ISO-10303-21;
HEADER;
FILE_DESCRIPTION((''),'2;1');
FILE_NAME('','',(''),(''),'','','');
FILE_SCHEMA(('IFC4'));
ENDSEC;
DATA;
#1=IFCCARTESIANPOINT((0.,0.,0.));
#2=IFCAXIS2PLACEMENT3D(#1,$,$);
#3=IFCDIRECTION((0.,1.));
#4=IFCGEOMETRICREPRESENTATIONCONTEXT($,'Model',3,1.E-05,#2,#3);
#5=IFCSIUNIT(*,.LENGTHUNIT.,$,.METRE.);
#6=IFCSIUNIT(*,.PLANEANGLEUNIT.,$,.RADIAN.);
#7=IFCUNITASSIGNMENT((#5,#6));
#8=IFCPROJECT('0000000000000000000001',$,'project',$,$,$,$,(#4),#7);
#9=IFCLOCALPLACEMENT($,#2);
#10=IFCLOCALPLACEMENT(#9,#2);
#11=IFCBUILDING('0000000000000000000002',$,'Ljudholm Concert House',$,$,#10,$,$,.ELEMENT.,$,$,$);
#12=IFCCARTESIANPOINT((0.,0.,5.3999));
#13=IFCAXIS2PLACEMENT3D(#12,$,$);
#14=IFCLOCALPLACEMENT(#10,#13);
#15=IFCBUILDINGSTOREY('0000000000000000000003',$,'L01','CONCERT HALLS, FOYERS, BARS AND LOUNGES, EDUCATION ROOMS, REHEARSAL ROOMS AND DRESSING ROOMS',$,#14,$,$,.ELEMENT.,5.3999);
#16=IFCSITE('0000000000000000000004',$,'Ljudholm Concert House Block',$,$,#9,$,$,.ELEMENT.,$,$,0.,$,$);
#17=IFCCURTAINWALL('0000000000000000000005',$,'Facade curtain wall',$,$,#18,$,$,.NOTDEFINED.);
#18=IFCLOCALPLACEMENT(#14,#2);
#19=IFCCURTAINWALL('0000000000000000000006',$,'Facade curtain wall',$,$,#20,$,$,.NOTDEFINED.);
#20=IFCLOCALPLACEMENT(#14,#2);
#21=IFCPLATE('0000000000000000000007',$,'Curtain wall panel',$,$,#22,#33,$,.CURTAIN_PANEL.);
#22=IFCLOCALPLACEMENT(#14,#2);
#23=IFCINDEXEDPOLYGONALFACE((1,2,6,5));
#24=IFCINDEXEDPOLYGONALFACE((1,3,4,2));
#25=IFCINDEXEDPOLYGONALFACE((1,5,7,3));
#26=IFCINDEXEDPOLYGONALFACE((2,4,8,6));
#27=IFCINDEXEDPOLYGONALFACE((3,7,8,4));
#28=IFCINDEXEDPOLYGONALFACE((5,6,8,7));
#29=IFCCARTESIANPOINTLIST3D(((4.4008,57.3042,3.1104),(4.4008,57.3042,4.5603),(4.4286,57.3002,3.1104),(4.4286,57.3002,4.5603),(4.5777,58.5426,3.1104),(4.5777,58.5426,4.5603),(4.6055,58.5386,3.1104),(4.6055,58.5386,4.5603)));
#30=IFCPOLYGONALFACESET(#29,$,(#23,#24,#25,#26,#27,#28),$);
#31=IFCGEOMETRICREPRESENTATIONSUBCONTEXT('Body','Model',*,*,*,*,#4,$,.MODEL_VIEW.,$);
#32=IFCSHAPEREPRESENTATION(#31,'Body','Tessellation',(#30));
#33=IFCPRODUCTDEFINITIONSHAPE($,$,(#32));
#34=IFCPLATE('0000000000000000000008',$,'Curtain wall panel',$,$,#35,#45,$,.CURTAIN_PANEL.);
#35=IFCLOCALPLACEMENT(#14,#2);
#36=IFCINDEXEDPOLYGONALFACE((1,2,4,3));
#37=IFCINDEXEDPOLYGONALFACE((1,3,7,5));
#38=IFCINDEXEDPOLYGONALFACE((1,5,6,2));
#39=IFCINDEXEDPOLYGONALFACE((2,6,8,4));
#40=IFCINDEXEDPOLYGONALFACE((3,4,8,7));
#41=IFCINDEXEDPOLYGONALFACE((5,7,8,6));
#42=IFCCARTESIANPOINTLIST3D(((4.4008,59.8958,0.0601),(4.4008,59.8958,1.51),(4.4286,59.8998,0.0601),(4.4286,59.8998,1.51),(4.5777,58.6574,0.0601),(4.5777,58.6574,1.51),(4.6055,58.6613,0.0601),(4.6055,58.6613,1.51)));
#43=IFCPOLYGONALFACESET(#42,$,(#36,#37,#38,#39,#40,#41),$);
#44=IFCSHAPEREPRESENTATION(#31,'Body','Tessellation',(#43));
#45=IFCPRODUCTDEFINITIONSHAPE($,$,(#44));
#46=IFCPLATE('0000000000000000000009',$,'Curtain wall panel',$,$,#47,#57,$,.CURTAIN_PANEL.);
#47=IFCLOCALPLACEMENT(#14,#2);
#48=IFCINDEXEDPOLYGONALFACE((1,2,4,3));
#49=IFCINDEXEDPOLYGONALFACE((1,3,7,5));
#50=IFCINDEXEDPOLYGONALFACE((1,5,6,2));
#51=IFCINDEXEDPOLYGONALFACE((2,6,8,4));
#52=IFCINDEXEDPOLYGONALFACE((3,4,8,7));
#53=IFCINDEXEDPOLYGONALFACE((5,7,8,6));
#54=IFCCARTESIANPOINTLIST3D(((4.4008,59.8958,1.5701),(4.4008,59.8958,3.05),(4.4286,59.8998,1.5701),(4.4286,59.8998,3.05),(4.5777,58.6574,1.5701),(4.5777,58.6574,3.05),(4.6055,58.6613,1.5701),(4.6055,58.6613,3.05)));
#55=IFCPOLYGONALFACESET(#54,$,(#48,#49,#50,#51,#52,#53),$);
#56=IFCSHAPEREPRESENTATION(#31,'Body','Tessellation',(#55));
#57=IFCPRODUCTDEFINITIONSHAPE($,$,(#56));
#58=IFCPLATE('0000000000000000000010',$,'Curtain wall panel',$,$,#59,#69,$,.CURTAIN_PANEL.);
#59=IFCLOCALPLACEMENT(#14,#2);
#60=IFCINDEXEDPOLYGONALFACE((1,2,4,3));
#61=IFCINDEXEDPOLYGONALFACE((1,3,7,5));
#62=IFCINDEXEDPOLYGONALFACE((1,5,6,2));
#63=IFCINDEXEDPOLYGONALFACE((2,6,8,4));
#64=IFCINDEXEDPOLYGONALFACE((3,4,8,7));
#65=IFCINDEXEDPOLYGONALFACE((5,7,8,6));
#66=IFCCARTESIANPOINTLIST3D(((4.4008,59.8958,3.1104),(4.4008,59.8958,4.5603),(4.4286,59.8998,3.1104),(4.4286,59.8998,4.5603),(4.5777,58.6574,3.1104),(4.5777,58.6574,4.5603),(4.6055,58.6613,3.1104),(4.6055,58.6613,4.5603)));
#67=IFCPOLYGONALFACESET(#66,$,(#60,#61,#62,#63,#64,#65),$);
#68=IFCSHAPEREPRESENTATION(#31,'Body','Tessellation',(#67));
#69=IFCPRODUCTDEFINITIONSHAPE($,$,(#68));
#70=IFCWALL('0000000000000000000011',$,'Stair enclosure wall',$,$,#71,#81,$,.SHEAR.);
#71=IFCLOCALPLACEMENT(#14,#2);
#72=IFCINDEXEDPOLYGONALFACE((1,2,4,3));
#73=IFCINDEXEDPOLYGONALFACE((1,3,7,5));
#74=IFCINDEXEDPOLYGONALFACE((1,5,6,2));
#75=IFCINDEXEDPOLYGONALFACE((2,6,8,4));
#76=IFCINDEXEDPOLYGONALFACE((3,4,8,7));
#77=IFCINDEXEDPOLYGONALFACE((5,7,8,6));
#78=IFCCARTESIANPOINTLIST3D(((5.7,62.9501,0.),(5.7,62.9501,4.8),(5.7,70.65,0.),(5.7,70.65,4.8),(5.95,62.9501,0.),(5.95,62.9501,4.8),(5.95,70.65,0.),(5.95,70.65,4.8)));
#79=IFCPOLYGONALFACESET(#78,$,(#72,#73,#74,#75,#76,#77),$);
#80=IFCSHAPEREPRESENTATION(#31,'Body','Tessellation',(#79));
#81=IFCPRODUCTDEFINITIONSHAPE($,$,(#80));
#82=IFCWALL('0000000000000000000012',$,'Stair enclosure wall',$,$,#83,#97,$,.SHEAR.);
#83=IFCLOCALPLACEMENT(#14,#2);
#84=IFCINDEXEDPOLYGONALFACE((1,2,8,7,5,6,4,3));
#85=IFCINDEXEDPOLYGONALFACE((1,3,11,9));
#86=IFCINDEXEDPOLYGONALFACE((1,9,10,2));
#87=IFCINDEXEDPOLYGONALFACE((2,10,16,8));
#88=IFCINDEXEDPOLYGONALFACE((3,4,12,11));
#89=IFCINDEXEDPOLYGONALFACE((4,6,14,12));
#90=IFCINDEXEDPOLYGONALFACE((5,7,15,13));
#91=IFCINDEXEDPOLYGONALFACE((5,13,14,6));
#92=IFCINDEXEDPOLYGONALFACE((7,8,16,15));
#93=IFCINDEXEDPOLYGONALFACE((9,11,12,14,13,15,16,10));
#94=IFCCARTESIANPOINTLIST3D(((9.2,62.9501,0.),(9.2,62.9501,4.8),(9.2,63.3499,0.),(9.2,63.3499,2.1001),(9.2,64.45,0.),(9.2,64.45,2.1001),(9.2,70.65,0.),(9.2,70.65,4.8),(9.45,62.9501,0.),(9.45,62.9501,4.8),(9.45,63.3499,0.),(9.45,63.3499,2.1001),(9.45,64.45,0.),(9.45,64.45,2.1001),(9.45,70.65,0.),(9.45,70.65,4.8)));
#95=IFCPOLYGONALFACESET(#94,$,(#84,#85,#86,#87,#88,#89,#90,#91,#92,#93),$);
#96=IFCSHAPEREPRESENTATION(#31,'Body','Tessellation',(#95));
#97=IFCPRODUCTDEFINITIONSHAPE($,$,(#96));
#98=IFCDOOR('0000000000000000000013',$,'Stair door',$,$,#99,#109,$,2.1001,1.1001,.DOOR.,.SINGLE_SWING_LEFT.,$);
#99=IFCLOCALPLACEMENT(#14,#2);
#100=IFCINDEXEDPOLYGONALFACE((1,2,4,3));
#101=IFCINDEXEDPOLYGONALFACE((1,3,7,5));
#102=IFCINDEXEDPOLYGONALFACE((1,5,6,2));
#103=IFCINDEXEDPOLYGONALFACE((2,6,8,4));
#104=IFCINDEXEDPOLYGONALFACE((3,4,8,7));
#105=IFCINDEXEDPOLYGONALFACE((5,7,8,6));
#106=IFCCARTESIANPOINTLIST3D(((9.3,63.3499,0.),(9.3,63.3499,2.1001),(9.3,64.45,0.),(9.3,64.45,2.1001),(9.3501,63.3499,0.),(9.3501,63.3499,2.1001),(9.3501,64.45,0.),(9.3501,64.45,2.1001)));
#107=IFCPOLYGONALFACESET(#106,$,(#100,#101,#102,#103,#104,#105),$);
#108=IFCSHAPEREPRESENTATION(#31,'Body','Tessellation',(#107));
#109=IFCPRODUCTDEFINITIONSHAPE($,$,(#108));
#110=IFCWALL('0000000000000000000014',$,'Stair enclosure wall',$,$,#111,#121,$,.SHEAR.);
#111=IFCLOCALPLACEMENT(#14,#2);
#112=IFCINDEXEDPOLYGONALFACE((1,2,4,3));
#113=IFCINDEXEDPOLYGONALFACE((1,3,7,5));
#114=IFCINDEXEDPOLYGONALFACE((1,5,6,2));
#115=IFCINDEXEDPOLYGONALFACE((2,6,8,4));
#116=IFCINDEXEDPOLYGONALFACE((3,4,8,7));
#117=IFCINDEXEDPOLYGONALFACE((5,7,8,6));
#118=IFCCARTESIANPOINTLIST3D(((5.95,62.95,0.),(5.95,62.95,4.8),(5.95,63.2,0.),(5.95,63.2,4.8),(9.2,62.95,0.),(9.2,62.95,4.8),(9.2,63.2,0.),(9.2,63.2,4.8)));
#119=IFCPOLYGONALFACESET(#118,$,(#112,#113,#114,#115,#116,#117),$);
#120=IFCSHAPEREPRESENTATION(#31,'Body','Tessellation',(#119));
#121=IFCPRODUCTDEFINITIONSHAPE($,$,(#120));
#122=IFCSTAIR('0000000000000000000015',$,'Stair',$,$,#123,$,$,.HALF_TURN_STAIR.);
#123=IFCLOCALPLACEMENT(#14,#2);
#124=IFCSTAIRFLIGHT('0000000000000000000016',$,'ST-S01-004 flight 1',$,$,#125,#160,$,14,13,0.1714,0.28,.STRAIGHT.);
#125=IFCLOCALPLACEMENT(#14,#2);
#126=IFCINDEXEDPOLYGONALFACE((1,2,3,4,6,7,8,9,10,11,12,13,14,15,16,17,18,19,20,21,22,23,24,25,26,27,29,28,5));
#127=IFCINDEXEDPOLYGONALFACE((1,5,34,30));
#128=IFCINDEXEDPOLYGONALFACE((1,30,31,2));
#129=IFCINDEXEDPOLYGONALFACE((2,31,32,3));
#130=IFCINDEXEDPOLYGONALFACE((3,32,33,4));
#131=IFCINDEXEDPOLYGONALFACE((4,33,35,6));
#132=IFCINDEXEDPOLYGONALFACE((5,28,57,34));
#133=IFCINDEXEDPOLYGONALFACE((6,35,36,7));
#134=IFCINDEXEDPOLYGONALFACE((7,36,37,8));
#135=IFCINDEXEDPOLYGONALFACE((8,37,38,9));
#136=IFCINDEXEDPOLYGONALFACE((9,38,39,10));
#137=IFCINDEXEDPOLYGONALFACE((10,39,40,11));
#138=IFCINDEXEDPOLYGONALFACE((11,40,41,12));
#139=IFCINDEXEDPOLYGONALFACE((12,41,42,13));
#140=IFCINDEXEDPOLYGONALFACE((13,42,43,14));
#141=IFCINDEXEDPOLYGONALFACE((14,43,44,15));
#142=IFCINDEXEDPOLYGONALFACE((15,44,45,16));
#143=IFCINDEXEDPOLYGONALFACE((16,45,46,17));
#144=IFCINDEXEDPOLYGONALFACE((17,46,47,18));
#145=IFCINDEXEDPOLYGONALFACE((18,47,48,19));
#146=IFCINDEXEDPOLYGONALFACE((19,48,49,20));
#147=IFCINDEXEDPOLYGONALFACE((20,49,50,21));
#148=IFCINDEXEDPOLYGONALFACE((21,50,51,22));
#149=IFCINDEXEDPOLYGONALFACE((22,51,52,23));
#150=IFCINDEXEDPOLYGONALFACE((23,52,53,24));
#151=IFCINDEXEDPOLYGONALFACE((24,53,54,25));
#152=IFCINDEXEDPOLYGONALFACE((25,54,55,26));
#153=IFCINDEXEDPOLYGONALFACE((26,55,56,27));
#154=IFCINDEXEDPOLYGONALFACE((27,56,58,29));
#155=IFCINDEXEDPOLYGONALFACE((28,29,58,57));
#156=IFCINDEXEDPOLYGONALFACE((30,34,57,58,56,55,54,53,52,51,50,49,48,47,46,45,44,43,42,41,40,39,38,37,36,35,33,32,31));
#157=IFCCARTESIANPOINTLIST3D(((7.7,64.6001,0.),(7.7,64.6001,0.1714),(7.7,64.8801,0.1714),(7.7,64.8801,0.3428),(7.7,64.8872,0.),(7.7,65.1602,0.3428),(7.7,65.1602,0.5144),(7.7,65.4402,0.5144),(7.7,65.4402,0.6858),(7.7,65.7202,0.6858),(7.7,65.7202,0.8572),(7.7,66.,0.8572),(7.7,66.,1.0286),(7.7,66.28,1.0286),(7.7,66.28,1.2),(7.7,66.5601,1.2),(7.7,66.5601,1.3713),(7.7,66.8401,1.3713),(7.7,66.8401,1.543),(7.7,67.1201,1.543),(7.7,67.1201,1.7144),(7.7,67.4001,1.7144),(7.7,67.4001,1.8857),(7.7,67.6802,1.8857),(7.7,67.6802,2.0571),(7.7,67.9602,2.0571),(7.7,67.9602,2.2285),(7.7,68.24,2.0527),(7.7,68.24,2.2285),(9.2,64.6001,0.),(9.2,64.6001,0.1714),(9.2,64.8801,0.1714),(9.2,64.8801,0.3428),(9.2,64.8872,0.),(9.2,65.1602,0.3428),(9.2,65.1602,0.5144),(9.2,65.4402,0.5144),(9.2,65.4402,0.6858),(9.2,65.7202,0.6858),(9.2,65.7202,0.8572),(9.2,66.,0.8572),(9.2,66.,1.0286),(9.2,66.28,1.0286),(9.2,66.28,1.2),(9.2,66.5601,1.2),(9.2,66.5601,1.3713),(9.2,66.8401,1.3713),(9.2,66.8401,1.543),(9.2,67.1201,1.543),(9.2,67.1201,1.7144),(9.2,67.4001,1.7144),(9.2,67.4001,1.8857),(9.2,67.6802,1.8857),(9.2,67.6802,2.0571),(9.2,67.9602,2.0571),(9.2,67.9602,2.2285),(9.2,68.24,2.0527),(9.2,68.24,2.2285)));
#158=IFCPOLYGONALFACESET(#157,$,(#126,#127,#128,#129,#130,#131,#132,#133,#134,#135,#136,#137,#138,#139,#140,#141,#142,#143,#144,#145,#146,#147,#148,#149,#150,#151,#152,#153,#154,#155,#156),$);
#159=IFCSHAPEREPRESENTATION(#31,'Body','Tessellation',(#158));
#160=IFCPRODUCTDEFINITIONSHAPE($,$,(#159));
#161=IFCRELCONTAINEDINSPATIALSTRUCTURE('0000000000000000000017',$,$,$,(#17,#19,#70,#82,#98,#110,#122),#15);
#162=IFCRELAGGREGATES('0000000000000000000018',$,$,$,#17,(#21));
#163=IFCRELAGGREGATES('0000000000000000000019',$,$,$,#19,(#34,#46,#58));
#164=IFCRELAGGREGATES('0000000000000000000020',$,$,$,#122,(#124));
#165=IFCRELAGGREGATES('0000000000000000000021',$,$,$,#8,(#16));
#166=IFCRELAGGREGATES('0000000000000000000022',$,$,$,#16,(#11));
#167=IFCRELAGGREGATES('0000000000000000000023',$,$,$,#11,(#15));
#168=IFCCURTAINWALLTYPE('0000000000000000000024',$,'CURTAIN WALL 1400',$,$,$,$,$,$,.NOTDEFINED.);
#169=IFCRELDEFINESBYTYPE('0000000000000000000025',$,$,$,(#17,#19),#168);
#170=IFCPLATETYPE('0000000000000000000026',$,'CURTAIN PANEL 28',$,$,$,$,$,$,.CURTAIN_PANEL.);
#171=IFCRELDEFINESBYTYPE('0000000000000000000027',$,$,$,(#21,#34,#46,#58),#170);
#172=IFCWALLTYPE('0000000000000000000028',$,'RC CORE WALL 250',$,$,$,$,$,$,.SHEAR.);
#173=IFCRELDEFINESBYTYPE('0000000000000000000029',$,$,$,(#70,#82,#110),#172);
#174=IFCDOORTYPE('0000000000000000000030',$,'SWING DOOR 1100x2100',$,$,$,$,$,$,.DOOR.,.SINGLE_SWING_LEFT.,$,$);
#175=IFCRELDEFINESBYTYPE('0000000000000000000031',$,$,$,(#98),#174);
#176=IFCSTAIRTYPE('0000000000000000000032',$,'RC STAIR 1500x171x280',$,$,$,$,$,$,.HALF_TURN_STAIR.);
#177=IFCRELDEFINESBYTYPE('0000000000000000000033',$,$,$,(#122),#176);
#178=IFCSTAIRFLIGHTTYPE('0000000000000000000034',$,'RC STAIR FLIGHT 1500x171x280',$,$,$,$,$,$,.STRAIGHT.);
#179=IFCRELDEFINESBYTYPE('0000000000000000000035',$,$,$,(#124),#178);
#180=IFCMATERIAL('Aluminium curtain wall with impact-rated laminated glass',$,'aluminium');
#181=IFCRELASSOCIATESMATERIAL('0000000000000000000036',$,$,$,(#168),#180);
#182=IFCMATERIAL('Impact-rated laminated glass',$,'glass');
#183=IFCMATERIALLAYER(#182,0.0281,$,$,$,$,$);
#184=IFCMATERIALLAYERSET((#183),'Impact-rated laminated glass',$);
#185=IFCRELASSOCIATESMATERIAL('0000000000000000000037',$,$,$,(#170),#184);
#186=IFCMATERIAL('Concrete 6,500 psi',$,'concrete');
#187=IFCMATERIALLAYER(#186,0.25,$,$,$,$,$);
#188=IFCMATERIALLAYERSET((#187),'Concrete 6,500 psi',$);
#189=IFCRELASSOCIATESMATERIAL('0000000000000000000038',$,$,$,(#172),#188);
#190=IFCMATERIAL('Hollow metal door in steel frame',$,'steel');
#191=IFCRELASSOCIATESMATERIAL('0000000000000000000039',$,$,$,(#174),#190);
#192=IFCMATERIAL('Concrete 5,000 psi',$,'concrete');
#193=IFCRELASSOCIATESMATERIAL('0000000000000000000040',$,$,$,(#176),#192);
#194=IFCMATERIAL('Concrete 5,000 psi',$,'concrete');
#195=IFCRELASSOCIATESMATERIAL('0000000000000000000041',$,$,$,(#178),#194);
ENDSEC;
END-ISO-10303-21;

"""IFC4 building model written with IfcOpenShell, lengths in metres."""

from ifc_helpers import new_model, si_unit, direction, frame, frame_2d, origin, origin_2d, place, context, subcontext, project, spatial, polyline, rectangle, outline, extrude, material, layer, layer_set, type_object, element, fill, aggregate, save


model = new_model("IFC4")

# Units and contexts
model_context = context("Model", 3, precision=1e-05, world=origin(), true_north=direction((0.0, 1.0)))
body_context = subcontext(model_context, "Body", "Model", "MODEL_VIEW")
ifc_project = project(units=[si_unit("LENGTHUNIT", "METRE"), si_unit("PLANEANGLEUNIT", "RADIAN")], contexts=[model_context])

# Site, building, storey
site_placement = place(None, origin())
site = spatial("IfcSite", under=ifc_project, at=site_placement, Name="Ljudholm Concert House Block", CompositionType="ELEMENT", RefElevation=0.0)
building_placement = place(site_placement, origin())
building = spatial("IfcBuilding", under=site, at=building_placement, Name="Ljudholm Concert House", CompositionType="ELEMENT")
storey_placement = place(building_placement, frame((0.0, 0.0, 5.3999)))
storey = spatial("IfcBuildingStorey", under=building, at=storey_placement, Name="L01", Description="CONCERT HALLS, FOYERS, BARS AND LOUNGES, EDUCATION ROOMS, REHEARSAL ROOMS AND DRESSING ROOMS", CompositionType="ELEMENT", Elevation=5.3999)

# Curtain walls
ifc_material_1 = material(Name="Aluminium curtain wall with impact-rated laminated glass", Category="aluminium")
curtain_wall_type = type_object("IfcCurtainWallType", Name="CURTAIN WALL 1400", PredefinedType="NOTDEFINED", material=ifc_material_1)
curtain_wall_1_placement = place(storey_placement, origin())
curtain_wall_1 = element("IfcCurtainWall", 1, at=curtain_wall_1_placement, inside=storey, type_object=curtain_wall_type, Name="Facade curtain wall", PredefinedType="NOTDEFINED")
curtain_wall_2_placement = place(storey_placement, origin())
curtain_wall_2 = element("IfcCurtainWall", 2, at=curtain_wall_2_placement, inside=storey, type_object=curtain_wall_type, Name="Facade curtain wall", PredefinedType="NOTDEFINED")

# Plates
ifc_material_2 = material(Name="Impact-rated laminated glass", Category="glass")
ifc_layer_1 = layer(ifc_material_2, 0.0281)
ifc_layer_set_1 = layer_set([ifc_layer_1], Name="Impact-rated laminated glass")
plate_type = type_object("IfcPlateType", Name="CURTAIN PANEL 28", PredefinedType="CURTAIN_PANEL", material=ifc_layer_set_1)
plate_1_placement = place(storey_placement, frame((4.5032, 57.9214, 3.1104), z_axis=(0.0, 0.0, 1.0), x_axis=(0.141421, 0.989949, 0.0)))
plate_1 = element("IfcPlate", 3, at=plate_1_placement, type_object=plate_type, Name="Curtain wall panel", PredefinedType="CURTAIN_PANEL", context=body_context, shape_type="SweptSolid", body=[
    extrude(rectangle(XDim=1.251, YDim=0.0281, at=origin_2d()), origin(), (0.0, 0.0, 1.0), 1.45),
])
aggregate(curtain_wall_1, [plate_1])
plate_2_placement = place(storey_placement, frame((4.5032, 59.2786, 0.0601), z_axis=(0.0, 0.0, 1.0), x_axis=(-0.141421, 0.989949, 0.0)))
plate_2 = element("IfcPlate", 4, at=plate_2_placement, type_object=plate_type, Name="Curtain wall panel", PredefinedType="CURTAIN_PANEL", context=body_context, shape_type="SweptSolid", body=[
    extrude(rectangle(XDim=1.251, YDim=0.0281, at=origin_2d()), origin(), (0.0, 0.0, 1.0), 1.45),
])
plate_3_placement = place(storey_placement, frame((4.5032, 59.2786, 1.5701), z_axis=(0.0, 0.0, 1.0), x_axis=(-0.141421, 0.989949, 0.0)))
plate_3 = element("IfcPlate", 5, at=plate_3_placement, type_object=plate_type, Name="Curtain wall panel", PredefinedType="CURTAIN_PANEL", context=body_context, shape_type="SweptSolid", body=[
    extrude(rectangle(XDim=1.251, YDim=0.0281, at=origin_2d()), origin(), (0.0, 0.0, 1.0), 1.48),
])
plate_4_placement = place(storey_placement, frame((4.5032, 59.2786, 3.1104), z_axis=(0.0, 0.0, 1.0), x_axis=(-0.141421, 0.989949, 0.0)))
plate_4 = element("IfcPlate", 6, at=plate_4_placement, type_object=plate_type, Name="Curtain wall panel", PredefinedType="CURTAIN_PANEL", context=body_context, shape_type="SweptSolid", body=[
    extrude(rectangle(XDim=1.251, YDim=0.0281, at=origin_2d()), origin(), (0.0, 0.0, 1.0), 1.45),
])
aggregate(curtain_wall_2, [plate_2, plate_3, plate_4])

# Wall
ifc_material_3 = material(Name="Concrete 6,500 psi", Category="concrete")
ifc_layer_2 = layer(ifc_material_3, 0.25)
ifc_layer_set_2 = layer_set([ifc_layer_2], Name="Concrete 6,500 psi")
wall_type = type_object("IfcWallType", Name="RC CORE WALL 250", PredefinedType="SHEAR", material=ifc_layer_set_2)
wall_1_placement = place(storey_placement, frame((5.825, 62.95, 0.0), z_axis=(0.0, 0.0, 1.0), x_axis=(0.0, 1.0, 0.0)))
element("IfcWall", 7, at=wall_1_placement, inside=storey, type_object=wall_type, Name="Stair enclosure wall", PredefinedType="SHEAR", context=body_context, shape_type="SweptSolid", body=[
    extrude(rectangle(XDim=7.7, YDim=0.25, at=frame_2d((3.8501, 0.0))), origin(), (0.0, 0.0, 1.0), 4.8),
])

# Wall, opening, door
wall_2_placement = place(storey_placement, frame((9.325, 62.95, 0.0), z_axis=(0.0, 0.0, 1.0), x_axis=(0.0, 1.0, 0.0)))
wall_2 = element("IfcWall", 8, at=wall_2_placement, inside=storey, type_object=wall_type, Name="Stair enclosure wall", PredefinedType="SHEAR", context=body_context, shape_type="SweptSolid", body=[
    extrude(rectangle(XDim=7.7, YDim=0.25, at=frame_2d((3.8501, 0.0))), origin(), (0.0, 0.0, 1.0), 4.8),
])
opening_placement = place(wall_2_placement, frame((0.3999, 0.0, 0.0)))
opening = element("IfcOpeningElement", 9, at=opening_placement, cuts=wall_2, PredefinedType="OPENING", context=body_context, shape_type="SweptSolid", body=[
    extrude(rectangle(XDim=1.1001, YDim=2.1001, at=frame_2d((0.55, 1.05))), frame((0.0, 0.135, 0.0), z_axis=(0.0, -1.0, 0.0), x_axis=(1.0, 0.0, 0.0)), (0.0, 0.0, 1.0), 0.27),
])
ifc_material_4 = material(Name="Hollow metal door in steel frame", Category="steel")
door_type = type_object("IfcDoorType", Name="SWING DOOR 1100x2100", OperationType="SINGLE_SWING_LEFT", PredefinedType="DOOR", material=ifc_material_4)
door_placement = place(opening_placement, origin())
door = element("IfcDoor", 10, at=door_placement, inside=storey, type_object=door_type, Name="Stair door", OperationType="SINGLE_SWING_LEFT", OverallHeight=2.1001, OverallWidth=1.1001, PredefinedType="DOOR", context=body_context, shape_type="SweptSolid", body=[
    extrude(rectangle(XDim=1.1001, YDim=2.1001, at=frame_2d((0.55, 1.05))), frame((0.0, 0.0249, 0.0), z_axis=(0.0, -1.0, 0.0), x_axis=(1.0, 0.0, 0.0)), (0.0, 0.0, 1.0), 0.05),
])
fill(opening, door)

# Wall
wall_3_placement = place(storey_placement, frame((5.95, 63.075, 0.0), z_axis=(0.0, 0.0, 1.0), x_axis=(1.0, 0.0, 0.0)))
element("IfcWall", 11, at=wall_3_placement, inside=storey, type_object=wall_type, Name="Stair enclosure wall", PredefinedType="SHEAR", context=body_context, shape_type="SweptSolid", body=[
    extrude(rectangle(XDim=3.25, YDim=0.25, at=frame_2d((1.625, 0.0))), origin(), (0.0, 0.0, 1.0), 4.8),
])

# Stair, stair flight
ifc_material_5 = material(Name="Concrete 5,000 psi", Category="concrete")
stair_type = type_object("IfcStairType", Name="RC STAIR 1500x171x280", PredefinedType="HALF_TURN_STAIR", material=ifc_material_5)
stair_placement = place(storey_placement, origin())
stair = element("IfcStair", 12, at=stair_placement, inside=storey, type_object=stair_type, Name="Stair", PredefinedType="HALF_TURN_STAIR")
ifc_material_6 = material(Name="Concrete 5,000 psi", Category="concrete")
stair_flight_type = type_object("IfcStairFlightType", Name="RC STAIR FLIGHT 1500x171x280", PredefinedType="STRAIGHT", material=ifc_material_6)
stair_flight_placement = place(storey_placement, frame((8.45, 64.6001, 0.0), z_axis=(0.0, 0.0, 1.0), x_axis=(0.0, 1.0, 0.0)))
stair_flight = element("IfcStairFlight", 13, at=stair_flight_placement, type_object=stair_flight_type, Name="ST-S01-004 flight 1", NumberOfRisers=14, NumberOfTreads=13, PredefinedType="STRAIGHT", RiserHeight=0.1714, TreadLength=0.28, context=body_context, shape_type="SweptSolid", body=[
    extrude(outline(polyline([(0.0, 0.0), (0.0, 0.1714), (0.28, 0.1714), (0.28, 0.3428), (0.5601, 0.3428), (0.5601, 0.5144), (0.8401, 0.5144), (0.8401, 0.6858), (1.1201, 0.6858), (1.1201, 0.8572), (1.3999, 0.8572), (1.3999, 1.0286), (1.6799, 1.0286), (1.6799, 1.2), (1.96, 1.2), (1.96, 1.3713), (2.24, 1.3713), (2.24, 1.543), (2.52, 1.543), (2.52, 1.7144), (2.8, 1.7144), (2.8, 1.8857), (3.0801, 1.8857), (3.0801, 2.0571), (3.3601, 2.0571), (3.3601, 2.2285), (3.6399, 2.2285), (3.6399, 2.3999), (3.6399, 2.0527), (0.2871, 0.0), (0.0, 0.0)])), frame((0.0, 0.75, 0.0), z_axis=(0.0, -1.0, 0.0), x_axis=(1.0, 0.0, 0.0)), (0.0, 0.0, 1.0), 1.5),
])
aggregate(stair, [stair_flight])

save(model, "model.ifc")
